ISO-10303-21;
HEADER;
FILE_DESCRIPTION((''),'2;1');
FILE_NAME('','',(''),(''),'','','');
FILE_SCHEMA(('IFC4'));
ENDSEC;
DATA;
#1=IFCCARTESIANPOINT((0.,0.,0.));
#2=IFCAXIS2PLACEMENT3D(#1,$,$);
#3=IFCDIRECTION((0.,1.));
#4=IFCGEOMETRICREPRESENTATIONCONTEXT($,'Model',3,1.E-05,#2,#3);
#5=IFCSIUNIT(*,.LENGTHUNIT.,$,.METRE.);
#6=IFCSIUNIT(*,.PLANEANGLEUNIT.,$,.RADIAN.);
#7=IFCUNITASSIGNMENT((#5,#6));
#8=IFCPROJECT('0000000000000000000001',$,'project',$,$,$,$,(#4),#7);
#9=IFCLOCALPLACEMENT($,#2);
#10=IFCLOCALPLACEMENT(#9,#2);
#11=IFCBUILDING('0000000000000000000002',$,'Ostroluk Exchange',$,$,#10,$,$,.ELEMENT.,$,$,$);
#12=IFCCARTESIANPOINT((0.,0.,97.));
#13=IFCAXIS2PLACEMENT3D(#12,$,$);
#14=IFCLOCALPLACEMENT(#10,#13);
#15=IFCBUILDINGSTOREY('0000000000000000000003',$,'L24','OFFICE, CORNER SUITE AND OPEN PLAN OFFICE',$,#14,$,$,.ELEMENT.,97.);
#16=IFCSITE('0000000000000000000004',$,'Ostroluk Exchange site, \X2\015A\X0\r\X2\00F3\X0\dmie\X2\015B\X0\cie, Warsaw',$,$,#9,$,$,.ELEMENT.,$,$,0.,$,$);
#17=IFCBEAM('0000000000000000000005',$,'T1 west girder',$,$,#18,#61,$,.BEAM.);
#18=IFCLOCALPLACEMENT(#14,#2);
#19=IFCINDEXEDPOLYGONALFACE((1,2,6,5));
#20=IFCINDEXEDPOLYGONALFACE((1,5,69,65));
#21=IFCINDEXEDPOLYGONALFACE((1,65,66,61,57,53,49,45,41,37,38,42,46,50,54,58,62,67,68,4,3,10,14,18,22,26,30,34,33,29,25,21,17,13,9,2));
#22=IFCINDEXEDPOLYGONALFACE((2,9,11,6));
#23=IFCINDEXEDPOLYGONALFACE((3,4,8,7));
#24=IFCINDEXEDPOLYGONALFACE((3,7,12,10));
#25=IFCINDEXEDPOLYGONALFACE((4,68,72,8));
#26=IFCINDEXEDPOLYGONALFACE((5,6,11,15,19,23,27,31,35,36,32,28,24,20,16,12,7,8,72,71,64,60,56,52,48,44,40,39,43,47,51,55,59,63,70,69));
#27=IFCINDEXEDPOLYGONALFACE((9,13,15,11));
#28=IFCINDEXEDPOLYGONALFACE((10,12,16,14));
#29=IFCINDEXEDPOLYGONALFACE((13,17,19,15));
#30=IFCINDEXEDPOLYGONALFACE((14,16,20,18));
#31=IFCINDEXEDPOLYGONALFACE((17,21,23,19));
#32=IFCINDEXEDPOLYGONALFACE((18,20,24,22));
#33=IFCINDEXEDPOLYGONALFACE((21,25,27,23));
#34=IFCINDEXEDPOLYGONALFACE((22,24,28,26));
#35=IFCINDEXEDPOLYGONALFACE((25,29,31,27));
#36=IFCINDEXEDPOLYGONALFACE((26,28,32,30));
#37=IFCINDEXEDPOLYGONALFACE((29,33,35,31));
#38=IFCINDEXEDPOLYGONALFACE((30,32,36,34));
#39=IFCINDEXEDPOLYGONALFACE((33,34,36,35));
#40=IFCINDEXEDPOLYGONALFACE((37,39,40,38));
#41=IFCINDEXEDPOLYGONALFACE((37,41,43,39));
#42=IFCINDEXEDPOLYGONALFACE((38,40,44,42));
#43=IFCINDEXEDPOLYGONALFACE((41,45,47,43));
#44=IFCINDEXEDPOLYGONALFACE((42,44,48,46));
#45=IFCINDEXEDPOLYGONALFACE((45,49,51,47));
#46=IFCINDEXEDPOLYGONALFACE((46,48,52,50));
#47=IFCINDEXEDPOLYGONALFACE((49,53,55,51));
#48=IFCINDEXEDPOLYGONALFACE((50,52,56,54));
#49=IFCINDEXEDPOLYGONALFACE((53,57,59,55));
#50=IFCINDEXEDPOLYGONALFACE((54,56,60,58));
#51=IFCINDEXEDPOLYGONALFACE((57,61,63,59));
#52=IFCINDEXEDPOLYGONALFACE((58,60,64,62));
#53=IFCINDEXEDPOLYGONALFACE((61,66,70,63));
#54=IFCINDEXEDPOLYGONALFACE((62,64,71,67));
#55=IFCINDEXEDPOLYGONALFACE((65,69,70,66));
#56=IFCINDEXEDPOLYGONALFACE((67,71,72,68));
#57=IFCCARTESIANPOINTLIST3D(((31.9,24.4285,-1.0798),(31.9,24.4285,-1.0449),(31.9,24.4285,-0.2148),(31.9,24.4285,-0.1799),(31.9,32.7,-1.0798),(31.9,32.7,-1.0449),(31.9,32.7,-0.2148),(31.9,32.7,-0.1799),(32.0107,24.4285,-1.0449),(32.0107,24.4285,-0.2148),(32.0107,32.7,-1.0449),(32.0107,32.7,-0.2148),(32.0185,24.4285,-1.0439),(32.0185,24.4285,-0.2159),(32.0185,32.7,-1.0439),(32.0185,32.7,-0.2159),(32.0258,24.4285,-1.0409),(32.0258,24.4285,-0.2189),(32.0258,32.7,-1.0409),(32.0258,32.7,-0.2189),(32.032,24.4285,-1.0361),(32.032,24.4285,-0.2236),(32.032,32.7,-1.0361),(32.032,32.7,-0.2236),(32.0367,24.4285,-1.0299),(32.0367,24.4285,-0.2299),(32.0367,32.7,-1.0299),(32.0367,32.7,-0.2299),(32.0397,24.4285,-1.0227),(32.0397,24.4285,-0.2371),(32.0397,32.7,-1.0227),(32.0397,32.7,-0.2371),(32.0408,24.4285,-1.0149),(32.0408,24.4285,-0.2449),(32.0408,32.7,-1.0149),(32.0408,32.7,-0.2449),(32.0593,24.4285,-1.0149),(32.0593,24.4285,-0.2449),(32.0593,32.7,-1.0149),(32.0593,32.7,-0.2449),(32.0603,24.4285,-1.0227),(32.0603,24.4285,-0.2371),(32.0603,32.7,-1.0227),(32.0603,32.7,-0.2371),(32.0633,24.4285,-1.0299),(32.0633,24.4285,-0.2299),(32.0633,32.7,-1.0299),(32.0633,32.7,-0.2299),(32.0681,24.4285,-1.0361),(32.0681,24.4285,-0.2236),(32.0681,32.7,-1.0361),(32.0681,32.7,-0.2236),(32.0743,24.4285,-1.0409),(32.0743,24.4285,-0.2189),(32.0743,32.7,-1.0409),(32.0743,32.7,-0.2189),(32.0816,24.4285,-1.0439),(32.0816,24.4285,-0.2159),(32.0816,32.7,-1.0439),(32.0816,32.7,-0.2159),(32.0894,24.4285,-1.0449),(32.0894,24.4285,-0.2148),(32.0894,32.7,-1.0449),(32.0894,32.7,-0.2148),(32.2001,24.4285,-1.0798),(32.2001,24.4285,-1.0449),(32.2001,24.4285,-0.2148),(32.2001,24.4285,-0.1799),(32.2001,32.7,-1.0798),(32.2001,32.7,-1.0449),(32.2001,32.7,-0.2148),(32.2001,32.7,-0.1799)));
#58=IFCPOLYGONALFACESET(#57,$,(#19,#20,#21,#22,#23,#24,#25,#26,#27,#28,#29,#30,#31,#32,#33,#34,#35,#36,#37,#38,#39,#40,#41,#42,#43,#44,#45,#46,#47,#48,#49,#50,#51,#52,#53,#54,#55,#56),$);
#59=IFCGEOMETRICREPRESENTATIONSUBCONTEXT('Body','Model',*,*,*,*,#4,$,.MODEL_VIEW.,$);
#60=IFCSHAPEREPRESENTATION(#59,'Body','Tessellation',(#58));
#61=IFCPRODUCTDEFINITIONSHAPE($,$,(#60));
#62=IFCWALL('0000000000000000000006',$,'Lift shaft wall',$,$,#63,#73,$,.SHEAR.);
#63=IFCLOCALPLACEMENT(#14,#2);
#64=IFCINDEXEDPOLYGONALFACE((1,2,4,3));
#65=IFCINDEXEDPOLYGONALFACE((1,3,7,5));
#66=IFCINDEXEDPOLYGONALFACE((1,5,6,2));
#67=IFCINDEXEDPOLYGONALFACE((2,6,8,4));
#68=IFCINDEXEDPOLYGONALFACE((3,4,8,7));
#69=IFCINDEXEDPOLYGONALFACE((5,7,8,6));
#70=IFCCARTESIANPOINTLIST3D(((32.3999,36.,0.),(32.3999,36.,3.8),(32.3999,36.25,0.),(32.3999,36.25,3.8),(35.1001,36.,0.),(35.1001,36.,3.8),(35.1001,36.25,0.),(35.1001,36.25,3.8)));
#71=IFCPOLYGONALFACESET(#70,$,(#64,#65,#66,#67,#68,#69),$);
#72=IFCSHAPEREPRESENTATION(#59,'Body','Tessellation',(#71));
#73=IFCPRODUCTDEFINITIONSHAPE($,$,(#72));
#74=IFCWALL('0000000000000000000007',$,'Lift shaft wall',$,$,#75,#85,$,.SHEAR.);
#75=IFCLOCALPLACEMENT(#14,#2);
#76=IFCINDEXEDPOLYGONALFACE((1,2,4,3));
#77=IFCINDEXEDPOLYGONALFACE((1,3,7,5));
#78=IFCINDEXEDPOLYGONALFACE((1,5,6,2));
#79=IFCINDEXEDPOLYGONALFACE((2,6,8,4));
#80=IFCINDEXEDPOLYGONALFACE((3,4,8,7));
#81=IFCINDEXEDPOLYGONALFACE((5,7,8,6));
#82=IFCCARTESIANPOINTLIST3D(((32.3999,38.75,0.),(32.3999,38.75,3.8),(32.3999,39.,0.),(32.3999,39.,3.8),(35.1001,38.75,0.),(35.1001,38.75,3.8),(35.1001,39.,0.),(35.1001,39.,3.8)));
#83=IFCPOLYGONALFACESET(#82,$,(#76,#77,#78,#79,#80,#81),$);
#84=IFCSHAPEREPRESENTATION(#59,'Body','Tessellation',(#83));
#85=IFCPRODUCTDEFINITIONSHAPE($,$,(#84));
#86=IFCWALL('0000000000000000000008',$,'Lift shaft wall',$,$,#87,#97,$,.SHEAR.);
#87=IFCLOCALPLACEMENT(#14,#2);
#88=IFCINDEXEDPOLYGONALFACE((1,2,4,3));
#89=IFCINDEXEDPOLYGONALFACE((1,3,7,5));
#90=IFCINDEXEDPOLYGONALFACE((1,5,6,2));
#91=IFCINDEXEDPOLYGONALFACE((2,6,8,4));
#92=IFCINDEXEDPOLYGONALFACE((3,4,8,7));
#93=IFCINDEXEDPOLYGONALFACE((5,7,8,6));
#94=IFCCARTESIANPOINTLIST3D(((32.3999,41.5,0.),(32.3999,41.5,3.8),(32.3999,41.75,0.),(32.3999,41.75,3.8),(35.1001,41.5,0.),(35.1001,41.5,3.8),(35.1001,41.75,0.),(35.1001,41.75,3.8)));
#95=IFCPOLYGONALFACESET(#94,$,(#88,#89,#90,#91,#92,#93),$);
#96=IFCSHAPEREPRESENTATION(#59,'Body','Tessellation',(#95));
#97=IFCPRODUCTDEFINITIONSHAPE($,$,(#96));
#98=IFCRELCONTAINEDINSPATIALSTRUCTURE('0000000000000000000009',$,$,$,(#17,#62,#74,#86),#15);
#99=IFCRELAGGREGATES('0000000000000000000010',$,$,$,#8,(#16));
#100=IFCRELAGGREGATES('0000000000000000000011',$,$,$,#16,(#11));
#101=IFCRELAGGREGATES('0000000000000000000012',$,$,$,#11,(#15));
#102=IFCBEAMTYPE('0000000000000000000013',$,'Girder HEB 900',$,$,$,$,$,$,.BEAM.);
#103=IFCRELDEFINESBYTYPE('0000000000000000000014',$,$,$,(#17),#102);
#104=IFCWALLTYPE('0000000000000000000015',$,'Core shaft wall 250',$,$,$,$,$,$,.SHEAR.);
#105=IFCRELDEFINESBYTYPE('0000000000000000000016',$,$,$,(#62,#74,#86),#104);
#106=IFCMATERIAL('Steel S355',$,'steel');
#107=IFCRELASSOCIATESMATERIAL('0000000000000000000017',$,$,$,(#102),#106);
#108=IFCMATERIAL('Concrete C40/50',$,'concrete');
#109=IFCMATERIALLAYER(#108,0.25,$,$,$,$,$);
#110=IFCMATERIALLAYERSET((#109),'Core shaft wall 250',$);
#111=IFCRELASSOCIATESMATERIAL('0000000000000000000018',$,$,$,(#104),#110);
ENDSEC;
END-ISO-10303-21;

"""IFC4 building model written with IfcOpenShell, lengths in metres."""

from ifc_helpers import new_model, si_unit, direction, frame, frame_2d, origin, origin_2d, place, context, subcontext, project, spatial, rectangle, i_section, extrude, material, layer, layer_set, material_profile, profile_set, type_object, element, save


model = new_model("IFC4")

# Units and contexts
model_context = context("Model", 3, precision=1e-05, world=origin(), true_north=direction((0.0, 1.0)))
body_context = subcontext(model_context, "Body", "Model", "MODEL_VIEW")
ifc_project = project(units=[si_unit("LENGTHUNIT", "METRE"), si_unit("PLANEANGLEUNIT", "RADIAN")], contexts=[model_context])

# Site, building, storey
site_placement = place(None, origin())
site = spatial("IfcSite", under=ifc_project, at=site_placement, Name="Ostroluk Exchange site, Śródmieście, Warsaw", CompositionType="ELEMENT", RefElevation=0.0)
building_placement = place(site_placement, origin())
building = spatial("IfcBuilding", under=site, at=building_placement, Name="Ostroluk Exchange", CompositionType="ELEMENT")
storey_placement = place(building_placement, frame((0.0, 0.0, 97.0)))
storey = spatial("IfcBuildingStorey", under=building, at=storey_placement, Name="L24", Description="OFFICE, CORNER SUITE AND OPEN PLAN OFFICE", CompositionType="ELEMENT", Elevation=97.0)

# Beam
ifc_material_1 = material(Name="Steel S355", Category="steel")
ifc_material_profile_1 = material_profile(ifc_material_1, i_section(OverallWidth=0.3, OverallDepth=0.8999, WebThickness=0.0186, FlangeThickness=0.0349, FilletRadius=0.03, at=origin_2d()), Name="HEB 900")
ifc_profile_set_1 = profile_set([ifc_material_profile_1], Name="Steel S355")
beam_type_1 = type_object("IfcBeamType", Name="Girder HEB 900", PredefinedType="BEAM", material=ifc_profile_set_1)
beam_1_placement = place(storey_placement, frame((32.05, 32.7, -0.6299), z_axis=(0.0, -1.0, 0.0), x_axis=(1.0, 0.0, 0.0)))
element("IfcBeam", 1, at=beam_1_placement, inside=storey, type_object=beam_type_1, Name="T1 west girder", PredefinedType="BEAM", context=body_context, shape_type="SweptSolid", body=[
    extrude(i_section(OverallWidth=0.3, OverallDepth=0.8999, WebThickness=0.0186, FlangeThickness=0.0349, FilletRadius=0.03, at=origin_2d()), origin(), (0.0, 0.0, 1.0), 8.2715),
])

# Walls
ifc_material_2 = material(Name="Concrete C40/50", Category="concrete")
ifc_layer_1 = layer(ifc_material_2, 0.25)
ifc_layer_set_1 = layer_set([ifc_layer_1], Name="Core shaft wall 250")
wall_type_1 = type_object("IfcWallType", Name="Core shaft wall 250", PredefinedType="SHEAR", material=ifc_layer_set_1)
for number, where, z_axis, x_axis, name in (
    (2, (32.3999, 36.125, 0.0), (0.0, 0.0, 1.0), (1.0, 0.0, 0.0), "Lift shaft wall"),
    (3, (32.3999, 38.875, 0.0), (0.0, 0.0, 1.0), (1.0, 0.0, 0.0), "Lift shaft wall"),
    (4, (32.3999, 41.625, 0.0), (0.0, 0.0, 1.0), (1.0, 0.0, 0.0), "Lift shaft wall"),
):
    element("IfcWall", number, at=place(storey_placement, frame(where, z_axis=z_axis, x_axis=x_axis)), inside=storey, type_object=wall_type_1, Name=name, PredefinedType="SHEAR", context=body_context, shape_type="SweptSolid", body=[
        extrude(rectangle(XDim=2.7002, YDim=0.25, at=frame_2d((1.3501, 0.0))), origin(), (0.0, 0.0, 1.0), 3.8),
    ])

save(model, "model.ifc")
